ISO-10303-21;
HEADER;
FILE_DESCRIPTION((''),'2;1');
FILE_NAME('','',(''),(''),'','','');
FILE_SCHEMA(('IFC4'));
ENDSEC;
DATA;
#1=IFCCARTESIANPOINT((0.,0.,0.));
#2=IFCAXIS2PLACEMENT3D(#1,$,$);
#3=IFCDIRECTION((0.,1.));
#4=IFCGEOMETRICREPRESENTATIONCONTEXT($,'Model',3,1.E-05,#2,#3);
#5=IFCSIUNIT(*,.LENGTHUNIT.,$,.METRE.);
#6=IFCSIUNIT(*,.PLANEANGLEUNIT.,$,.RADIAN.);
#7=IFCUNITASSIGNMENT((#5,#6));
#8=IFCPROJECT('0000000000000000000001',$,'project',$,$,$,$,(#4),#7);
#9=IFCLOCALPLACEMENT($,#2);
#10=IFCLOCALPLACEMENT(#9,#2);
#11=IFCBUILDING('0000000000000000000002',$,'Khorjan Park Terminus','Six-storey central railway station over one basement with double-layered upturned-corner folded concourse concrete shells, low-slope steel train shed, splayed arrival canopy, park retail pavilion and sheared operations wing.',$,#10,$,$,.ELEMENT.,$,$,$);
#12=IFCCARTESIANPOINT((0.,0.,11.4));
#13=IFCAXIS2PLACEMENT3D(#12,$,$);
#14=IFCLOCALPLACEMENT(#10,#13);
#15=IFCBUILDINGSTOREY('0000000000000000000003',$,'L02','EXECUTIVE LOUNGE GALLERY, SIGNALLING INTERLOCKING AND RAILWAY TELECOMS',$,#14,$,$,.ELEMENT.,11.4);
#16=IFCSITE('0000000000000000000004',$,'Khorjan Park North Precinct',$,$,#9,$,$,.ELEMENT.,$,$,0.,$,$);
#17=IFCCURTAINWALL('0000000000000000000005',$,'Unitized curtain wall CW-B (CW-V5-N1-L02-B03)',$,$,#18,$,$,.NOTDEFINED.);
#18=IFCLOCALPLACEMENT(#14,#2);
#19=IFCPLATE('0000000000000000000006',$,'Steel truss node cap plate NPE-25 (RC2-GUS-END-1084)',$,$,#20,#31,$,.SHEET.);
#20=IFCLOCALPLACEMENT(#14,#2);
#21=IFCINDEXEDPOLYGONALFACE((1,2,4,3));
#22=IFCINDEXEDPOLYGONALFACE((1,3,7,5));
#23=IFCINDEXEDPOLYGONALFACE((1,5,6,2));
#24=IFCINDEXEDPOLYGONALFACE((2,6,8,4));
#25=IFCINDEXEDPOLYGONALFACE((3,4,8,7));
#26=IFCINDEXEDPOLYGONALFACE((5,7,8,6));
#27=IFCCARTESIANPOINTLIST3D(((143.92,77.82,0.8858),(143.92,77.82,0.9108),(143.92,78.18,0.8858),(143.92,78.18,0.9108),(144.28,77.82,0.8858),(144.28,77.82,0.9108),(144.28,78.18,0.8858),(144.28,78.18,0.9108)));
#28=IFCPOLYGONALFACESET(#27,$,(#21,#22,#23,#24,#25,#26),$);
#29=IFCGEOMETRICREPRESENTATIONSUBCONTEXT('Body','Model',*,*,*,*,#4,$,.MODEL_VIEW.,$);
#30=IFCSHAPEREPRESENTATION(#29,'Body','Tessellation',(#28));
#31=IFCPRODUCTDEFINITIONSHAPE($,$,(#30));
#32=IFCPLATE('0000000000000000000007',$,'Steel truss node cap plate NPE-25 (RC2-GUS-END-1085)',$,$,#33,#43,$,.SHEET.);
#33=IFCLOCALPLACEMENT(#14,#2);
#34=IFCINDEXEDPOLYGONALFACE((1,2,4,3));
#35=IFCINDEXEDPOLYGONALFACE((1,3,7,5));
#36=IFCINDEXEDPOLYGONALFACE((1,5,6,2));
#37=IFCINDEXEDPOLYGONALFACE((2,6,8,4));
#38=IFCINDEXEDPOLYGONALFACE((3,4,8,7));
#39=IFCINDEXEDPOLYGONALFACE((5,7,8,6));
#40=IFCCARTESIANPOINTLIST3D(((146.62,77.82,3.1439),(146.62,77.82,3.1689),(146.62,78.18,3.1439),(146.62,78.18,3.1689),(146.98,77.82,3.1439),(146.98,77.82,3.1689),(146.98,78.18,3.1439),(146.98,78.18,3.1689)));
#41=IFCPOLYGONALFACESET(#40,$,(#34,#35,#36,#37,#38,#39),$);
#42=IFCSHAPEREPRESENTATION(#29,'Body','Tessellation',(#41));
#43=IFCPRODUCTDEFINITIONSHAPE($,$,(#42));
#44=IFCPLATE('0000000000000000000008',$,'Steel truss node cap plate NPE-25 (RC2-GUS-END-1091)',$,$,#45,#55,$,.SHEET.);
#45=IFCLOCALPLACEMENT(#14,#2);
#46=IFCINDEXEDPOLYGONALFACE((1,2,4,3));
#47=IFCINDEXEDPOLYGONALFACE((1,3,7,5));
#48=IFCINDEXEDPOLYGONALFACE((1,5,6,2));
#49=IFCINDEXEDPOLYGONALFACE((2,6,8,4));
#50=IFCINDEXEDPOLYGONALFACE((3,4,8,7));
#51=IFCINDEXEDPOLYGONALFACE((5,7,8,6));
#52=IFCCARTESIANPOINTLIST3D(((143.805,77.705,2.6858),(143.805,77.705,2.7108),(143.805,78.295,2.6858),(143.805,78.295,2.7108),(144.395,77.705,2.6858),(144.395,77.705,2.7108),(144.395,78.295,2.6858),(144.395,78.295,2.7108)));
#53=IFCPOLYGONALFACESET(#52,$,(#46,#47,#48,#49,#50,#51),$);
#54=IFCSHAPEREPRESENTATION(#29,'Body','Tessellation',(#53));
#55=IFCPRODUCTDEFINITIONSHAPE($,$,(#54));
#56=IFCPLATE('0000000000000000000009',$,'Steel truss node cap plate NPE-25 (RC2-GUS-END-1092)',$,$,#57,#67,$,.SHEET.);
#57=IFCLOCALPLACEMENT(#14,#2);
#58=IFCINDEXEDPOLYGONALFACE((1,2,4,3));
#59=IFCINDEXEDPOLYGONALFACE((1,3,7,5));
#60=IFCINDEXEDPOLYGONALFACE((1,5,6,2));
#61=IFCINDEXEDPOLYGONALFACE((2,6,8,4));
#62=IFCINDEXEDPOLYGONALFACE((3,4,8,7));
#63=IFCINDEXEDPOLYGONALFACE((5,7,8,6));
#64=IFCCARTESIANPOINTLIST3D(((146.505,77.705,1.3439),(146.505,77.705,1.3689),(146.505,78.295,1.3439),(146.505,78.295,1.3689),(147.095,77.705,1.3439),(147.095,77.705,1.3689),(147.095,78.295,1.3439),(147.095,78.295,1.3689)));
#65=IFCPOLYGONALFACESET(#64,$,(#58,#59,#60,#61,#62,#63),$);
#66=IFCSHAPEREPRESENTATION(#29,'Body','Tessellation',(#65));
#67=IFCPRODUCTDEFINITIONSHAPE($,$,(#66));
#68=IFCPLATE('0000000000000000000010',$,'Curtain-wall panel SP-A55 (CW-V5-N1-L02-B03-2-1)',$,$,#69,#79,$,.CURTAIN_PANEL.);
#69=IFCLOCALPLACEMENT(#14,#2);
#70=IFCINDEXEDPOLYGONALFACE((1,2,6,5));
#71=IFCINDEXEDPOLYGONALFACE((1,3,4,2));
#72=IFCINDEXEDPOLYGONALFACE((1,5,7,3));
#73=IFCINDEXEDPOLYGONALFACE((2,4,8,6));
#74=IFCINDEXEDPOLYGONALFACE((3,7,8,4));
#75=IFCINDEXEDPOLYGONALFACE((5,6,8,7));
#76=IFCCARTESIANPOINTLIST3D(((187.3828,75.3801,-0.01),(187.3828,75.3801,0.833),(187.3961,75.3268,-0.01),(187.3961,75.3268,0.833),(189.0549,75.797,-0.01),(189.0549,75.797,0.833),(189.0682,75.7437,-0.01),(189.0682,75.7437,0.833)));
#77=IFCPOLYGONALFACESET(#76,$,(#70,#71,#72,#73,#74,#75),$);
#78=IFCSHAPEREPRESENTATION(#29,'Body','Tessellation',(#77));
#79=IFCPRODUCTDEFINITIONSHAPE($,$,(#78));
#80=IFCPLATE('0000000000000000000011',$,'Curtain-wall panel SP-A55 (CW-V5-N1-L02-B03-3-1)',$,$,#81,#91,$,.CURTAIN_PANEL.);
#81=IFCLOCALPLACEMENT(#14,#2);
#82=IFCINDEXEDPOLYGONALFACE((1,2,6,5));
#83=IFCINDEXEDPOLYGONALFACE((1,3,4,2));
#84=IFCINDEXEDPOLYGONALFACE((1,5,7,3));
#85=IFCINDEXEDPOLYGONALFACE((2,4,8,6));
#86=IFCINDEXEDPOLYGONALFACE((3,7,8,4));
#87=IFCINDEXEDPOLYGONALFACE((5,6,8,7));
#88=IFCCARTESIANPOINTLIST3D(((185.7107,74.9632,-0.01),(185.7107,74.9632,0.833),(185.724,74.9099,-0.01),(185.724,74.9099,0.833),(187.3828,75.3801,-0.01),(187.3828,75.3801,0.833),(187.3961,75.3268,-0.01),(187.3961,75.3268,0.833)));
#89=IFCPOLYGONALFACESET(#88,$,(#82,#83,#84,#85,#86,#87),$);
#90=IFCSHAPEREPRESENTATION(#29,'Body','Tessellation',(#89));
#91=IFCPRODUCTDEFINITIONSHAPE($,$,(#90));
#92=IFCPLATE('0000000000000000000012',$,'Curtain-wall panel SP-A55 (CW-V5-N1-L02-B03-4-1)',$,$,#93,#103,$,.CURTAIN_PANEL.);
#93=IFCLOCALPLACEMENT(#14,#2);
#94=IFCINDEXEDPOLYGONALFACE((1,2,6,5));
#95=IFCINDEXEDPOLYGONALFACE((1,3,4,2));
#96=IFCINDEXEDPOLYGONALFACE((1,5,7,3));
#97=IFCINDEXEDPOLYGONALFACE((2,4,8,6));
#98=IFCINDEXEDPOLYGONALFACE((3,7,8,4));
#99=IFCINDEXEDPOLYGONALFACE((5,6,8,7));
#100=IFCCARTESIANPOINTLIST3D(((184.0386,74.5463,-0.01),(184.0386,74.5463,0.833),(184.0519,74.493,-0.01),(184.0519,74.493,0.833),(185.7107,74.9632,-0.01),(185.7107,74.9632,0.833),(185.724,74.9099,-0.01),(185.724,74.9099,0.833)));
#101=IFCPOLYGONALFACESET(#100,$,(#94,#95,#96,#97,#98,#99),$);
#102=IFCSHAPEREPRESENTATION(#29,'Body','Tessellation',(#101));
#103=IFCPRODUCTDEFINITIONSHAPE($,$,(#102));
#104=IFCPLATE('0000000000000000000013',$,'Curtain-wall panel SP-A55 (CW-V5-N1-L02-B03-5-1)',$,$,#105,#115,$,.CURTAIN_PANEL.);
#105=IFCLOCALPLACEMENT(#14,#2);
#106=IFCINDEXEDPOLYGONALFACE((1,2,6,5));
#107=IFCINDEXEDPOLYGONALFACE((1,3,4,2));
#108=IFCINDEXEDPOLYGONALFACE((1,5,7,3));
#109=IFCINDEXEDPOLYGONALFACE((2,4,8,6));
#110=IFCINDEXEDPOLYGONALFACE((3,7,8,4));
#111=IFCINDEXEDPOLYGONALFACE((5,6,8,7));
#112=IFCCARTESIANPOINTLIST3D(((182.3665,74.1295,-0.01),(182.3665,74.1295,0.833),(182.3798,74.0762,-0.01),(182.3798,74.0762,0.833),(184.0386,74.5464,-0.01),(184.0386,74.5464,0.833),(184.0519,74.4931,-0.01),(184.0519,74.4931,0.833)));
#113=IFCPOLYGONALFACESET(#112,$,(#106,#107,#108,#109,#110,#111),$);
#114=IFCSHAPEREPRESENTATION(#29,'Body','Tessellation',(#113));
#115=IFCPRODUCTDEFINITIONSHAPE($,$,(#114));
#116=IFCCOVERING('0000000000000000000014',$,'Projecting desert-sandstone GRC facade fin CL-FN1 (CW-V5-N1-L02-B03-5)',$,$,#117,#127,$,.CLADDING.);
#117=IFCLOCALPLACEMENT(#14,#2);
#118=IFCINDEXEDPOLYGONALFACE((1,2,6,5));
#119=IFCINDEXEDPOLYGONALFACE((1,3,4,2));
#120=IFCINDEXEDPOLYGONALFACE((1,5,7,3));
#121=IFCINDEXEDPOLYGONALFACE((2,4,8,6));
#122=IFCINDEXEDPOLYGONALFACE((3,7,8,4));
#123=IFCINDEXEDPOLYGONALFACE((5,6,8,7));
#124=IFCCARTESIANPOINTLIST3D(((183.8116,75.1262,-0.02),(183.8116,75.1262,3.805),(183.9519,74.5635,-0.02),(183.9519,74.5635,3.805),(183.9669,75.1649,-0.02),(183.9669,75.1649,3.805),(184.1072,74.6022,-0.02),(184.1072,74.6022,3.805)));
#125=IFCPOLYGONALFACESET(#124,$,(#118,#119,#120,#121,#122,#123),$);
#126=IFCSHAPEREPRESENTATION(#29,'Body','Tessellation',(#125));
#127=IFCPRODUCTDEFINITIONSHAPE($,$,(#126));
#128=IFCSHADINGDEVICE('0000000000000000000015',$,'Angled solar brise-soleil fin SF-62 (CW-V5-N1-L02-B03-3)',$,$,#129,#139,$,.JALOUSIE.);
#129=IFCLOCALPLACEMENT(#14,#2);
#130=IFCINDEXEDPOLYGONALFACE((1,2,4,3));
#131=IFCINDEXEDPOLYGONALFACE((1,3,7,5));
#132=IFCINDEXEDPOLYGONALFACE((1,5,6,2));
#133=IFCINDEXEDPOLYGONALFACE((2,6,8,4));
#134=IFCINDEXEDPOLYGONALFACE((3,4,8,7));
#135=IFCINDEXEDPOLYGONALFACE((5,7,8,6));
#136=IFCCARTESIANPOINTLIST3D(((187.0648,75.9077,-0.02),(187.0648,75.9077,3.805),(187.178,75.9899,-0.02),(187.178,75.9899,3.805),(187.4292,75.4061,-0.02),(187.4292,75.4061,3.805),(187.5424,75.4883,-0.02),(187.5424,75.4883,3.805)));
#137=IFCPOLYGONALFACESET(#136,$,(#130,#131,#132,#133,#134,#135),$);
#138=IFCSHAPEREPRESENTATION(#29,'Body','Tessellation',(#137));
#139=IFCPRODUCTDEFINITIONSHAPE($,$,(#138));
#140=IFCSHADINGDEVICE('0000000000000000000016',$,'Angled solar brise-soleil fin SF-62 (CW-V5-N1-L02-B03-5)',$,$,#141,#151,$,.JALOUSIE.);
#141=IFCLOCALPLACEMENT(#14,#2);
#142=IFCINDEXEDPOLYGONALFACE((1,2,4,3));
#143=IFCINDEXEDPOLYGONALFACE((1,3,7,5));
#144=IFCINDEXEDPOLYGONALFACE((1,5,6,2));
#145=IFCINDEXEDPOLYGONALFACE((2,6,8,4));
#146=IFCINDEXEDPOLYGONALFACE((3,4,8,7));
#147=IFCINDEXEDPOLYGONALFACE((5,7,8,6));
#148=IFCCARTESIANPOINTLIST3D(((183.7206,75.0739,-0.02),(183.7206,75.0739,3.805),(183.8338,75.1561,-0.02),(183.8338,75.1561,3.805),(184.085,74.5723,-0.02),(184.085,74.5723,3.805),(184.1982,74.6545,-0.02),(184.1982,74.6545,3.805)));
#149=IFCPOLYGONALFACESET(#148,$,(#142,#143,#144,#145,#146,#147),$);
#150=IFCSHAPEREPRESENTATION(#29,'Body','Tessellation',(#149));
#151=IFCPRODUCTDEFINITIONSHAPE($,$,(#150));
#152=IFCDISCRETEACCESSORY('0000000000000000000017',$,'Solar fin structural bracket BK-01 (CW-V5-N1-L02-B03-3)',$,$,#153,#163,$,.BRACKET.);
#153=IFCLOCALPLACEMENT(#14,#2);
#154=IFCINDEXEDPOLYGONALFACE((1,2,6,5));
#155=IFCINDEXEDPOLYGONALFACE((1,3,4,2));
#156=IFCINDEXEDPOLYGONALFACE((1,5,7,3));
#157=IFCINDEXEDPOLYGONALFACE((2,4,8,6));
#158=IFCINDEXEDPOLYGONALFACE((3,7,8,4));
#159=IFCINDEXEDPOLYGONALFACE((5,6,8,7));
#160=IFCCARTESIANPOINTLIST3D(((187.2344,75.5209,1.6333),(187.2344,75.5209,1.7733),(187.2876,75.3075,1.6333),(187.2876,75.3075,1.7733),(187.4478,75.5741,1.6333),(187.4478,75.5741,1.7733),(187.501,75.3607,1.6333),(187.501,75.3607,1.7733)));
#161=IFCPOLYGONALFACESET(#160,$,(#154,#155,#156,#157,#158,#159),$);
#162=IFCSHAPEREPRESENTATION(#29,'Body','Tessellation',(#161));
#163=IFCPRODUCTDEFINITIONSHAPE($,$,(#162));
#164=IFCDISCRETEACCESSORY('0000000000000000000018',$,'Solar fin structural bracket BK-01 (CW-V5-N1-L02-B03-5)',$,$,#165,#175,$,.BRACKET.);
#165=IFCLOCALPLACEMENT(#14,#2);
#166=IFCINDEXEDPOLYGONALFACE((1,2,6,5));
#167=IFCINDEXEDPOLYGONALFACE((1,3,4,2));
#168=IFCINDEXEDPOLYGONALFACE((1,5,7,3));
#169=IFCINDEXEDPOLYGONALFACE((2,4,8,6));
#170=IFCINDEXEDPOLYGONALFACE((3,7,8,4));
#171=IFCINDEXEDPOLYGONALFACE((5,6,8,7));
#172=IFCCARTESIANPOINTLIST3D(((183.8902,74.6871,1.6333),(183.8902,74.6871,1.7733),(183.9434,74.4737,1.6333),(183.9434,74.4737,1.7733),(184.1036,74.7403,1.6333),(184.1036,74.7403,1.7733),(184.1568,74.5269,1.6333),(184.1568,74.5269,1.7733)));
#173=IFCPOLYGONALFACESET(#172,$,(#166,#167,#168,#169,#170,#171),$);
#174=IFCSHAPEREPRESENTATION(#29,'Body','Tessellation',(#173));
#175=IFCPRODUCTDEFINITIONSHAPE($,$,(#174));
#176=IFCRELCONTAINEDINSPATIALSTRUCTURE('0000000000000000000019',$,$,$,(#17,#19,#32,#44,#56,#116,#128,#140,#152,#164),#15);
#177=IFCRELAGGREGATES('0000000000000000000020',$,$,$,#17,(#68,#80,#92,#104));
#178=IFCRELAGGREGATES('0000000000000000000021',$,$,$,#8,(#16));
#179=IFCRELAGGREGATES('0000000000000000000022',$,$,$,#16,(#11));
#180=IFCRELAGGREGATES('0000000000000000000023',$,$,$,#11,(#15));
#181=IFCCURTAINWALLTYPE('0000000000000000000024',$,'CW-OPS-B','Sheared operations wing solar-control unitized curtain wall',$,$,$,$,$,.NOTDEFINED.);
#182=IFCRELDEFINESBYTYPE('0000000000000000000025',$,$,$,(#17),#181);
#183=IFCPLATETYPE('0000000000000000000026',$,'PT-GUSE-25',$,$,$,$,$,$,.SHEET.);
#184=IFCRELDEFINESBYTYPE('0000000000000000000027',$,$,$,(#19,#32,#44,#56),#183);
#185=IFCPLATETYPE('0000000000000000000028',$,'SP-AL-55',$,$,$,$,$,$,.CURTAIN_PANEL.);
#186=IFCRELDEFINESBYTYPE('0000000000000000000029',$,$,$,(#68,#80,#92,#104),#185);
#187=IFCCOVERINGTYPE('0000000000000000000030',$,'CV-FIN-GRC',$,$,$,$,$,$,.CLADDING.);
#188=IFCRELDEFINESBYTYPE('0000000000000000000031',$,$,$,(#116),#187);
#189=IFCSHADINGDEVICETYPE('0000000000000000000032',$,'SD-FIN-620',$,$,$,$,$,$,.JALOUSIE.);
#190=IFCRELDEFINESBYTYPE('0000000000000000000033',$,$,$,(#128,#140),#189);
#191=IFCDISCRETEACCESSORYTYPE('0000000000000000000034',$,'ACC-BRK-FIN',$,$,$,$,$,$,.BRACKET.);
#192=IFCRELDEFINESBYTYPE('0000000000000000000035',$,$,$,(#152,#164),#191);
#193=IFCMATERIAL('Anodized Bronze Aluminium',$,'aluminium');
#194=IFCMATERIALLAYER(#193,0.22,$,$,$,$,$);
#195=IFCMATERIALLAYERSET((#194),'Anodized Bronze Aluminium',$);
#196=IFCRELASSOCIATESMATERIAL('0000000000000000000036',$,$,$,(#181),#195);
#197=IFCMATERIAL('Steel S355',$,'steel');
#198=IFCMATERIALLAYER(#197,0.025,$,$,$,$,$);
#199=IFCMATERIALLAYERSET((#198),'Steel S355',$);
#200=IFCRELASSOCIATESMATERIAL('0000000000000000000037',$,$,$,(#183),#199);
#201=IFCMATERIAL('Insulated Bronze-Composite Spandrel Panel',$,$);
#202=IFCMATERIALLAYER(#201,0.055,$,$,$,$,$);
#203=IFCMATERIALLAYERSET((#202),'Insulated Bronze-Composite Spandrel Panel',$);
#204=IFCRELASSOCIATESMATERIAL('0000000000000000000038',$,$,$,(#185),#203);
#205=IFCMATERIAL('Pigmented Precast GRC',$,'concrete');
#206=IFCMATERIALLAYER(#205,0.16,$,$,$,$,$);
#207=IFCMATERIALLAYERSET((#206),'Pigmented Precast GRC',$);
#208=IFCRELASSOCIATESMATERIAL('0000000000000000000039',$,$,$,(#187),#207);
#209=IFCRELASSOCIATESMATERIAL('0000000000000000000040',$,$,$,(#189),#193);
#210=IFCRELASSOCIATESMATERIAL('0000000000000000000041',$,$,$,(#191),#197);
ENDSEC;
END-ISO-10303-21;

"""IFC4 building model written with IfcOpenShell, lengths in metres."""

from ifc_helpers import new_model, si_unit, direction, frame, origin, origin_2d, place, context, subcontext, project, spatial, rectangle, extrude, material, layer, layer_set, type_object, element, aggregate, save


model = new_model("IFC4")

# Units and contexts
model_context = context("Model", 3, precision=1e-05, world=origin(), true_north=direction((0.0, 1.0)))
body_context = subcontext(model_context, "Body", "Model", "MODEL_VIEW")
ifc_project = project(units=[si_unit("LENGTHUNIT", "METRE"), si_unit("PLANEANGLEUNIT", "RADIAN")], contexts=[model_context])

# Site, building, storey
site_placement = place(None, origin())
site = spatial("IfcSite", under=ifc_project, at=site_placement, Name="Khorjan Park North Precinct", CompositionType="ELEMENT", RefElevation=0.0)
building_placement = place(site_placement, origin())
building = spatial("IfcBuilding", under=site, at=building_placement, Name="Khorjan Park Terminus", Description="Six-storey central railway station over one basement with double-layered upturned-corner folded concourse concrete shells, low-slope steel train shed, splayed arrival canopy, park retail pavilion and sheared operations wing.", CompositionType="ELEMENT")
storey_placement = place(building_placement, frame((0.0, 0.0, 11.4)))
storey = spatial("IfcBuildingStorey", under=building, at=storey_placement, Name="L02", Description="EXECUTIVE LOUNGE GALLERY, SIGNALLING INTERLOCKING AND RAILWAY TELECOMS", CompositionType="ELEMENT", Elevation=11.4)

# Shared definitions
ifc_material_1 = material(Name="Steel S355", Category="steel")

# Curtain wall
ifc_material_2 = material(Name="Anodized Bronze Aluminium", Category="aluminium")
ifc_layer_1 = layer(ifc_material_2, 0.22)
ifc_layer_set_1 = layer_set([ifc_layer_1], Name="Anodized Bronze Aluminium")
curtain_wall_type = type_object("IfcCurtainWallType", Name="CW-OPS-B", Description="Sheared operations wing solar-control unitized curtain wall", PredefinedType="NOTDEFINED", material=ifc_layer_set_1)
curtain_wall_placement = place(storey_placement, origin())
curtain_wall = element("IfcCurtainWall", 1, at=curtain_wall_placement, inside=storey, type_object=curtain_wall_type, Name="Unitized curtain wall CW-B (CW-V5-N1-L02-B03)", PredefinedType="NOTDEFINED")

# Plates
ifc_layer_2 = layer(ifc_material_1, 0.025)
ifc_layer_set_2 = layer_set([ifc_layer_2], Name="Steel S355")
plate_type_1 = type_object("IfcPlateType", Name="PT-GUSE-25", PredefinedType="SHEET", material=ifc_layer_set_2)
for number, where, z_axis, x_axis, name in (
    (2, (144.1, 78.0, 0.8858), (0.0, 0.0, 1.0), (1.0, 0.0, 0.0), "Steel truss node cap plate NPE-25 (RC2-GUS-END-1084)"),
    (3, (146.8, 78.0, 3.1439), (0.0, 0.0, 1.0), (1.0, 0.0, 0.0), "Steel truss node cap plate NPE-25 (RC2-GUS-END-1085)"),
):
    element("IfcPlate", number, at=place(storey_placement, frame(where, z_axis=z_axis, x_axis=x_axis)), inside=storey, type_object=plate_type_1, Name=name, PredefinedType="SHEET", context=body_context, shape_type="SweptSolid", body=[
        extrude(rectangle(XDim=0.36, YDim=0.36, at=origin_2d()), origin(), (0.0, 0.0, 1.0), 0.025),
    ])
for number, where, z_axis, x_axis, name in (
    (4, (144.1, 78.0, 2.6858), (0.0, 0.0, 1.0), (1.0, 0.0, 0.0), "Steel truss node cap plate NPE-25 (RC2-GUS-END-1091)"),
    (5, (146.8, 78.0, 1.3439), (0.0, 0.0, 1.0), (1.0, 0.0, 0.0), "Steel truss node cap plate NPE-25 (RC2-GUS-END-1092)"),
):
    element("IfcPlate", number, at=place(storey_placement, frame(where, z_axis=z_axis, x_axis=x_axis)), inside=storey, type_object=plate_type_1, Name=name, PredefinedType="SHEET", context=body_context, shape_type="SweptSolid", body=[
        extrude(rectangle(XDim=0.59, YDim=0.59, at=origin_2d()), origin(), (0.0, 0.0, 1.0), 0.025),
    ])

# Plates
ifc_material_3 = material(Name="Insulated Bronze-Composite Spandrel Panel")
ifc_layer_3 = layer(ifc_material_3, 0.055)
ifc_layer_set_3 = layer_set([ifc_layer_3], Name="Insulated Bronze-Composite Spandrel Panel")
plate_type_2 = type_object("IfcPlateType", Name="SP-AL-55", PredefinedType="CURTAIN_PANEL", material=ifc_layer_set_3)
plate_1_placement = place(storey_placement, frame((188.2255, 75.5619, -0.01), z_axis=(0.0, 0.0, 1.0), x_axis=(-0.970296, -0.241921, 0.0)))
plate_1 = element("IfcPlate", 6, at=plate_1_placement, type_object=plate_type_2, Name="Curtain-wall panel SP-A55 (CW-V5-N1-L02-B03-2-1)", PredefinedType="CURTAIN_PANEL", context=body_context, shape_type="SweptSolid", body=[
    extrude(rectangle(XDim=1.7233, YDim=0.055, at=origin_2d()), origin(), (0.0, 0.0, 1.0), 0.843),
])
plate_2_placement = place(storey_placement, frame((186.5534, 75.145, -0.01), z_axis=(0.0, 0.0, 1.0), x_axis=(-0.970296, -0.241921, 0.0)))
plate_2 = element("IfcPlate", 7, at=plate_2_placement, type_object=plate_type_2, Name="Curtain-wall panel SP-A55 (CW-V5-N1-L02-B03-3-1)", PredefinedType="CURTAIN_PANEL", context=body_context, shape_type="SweptSolid", body=[
    extrude(rectangle(XDim=1.7233, YDim=0.055, at=origin_2d()), origin(), (0.0, 0.0, 1.0), 0.843),
])
plate_3_placement = place(storey_placement, frame((184.8813, 74.7281, -0.01), z_axis=(0.0, 0.0, 1.0), x_axis=(-0.970296, -0.241921, 0.0)))
plate_3 = element("IfcPlate", 8, at=plate_3_placement, type_object=plate_type_2, Name="Curtain-wall panel SP-A55 (CW-V5-N1-L02-B03-4-1)", PredefinedType="CURTAIN_PANEL", context=body_context, shape_type="SweptSolid", body=[
    extrude(rectangle(XDim=1.7233, YDim=0.055, at=origin_2d()), origin(), (0.0, 0.0, 1.0), 0.843),
])
plate_4_placement = place(storey_placement, frame((183.2092, 74.3113, -0.01), z_axis=(0.0, 0.0, 1.0), x_axis=(-0.970296, -0.241921, 0.0)))
plate_4 = element("IfcPlate", 9, at=plate_4_placement, type_object=plate_type_2, Name="Curtain-wall panel SP-A55 (CW-V5-N1-L02-B03-5-1)", PredefinedType="CURTAIN_PANEL", context=body_context, shape_type="SweptSolid", body=[
    extrude(rectangle(XDim=1.7233, YDim=0.055, at=origin_2d()), origin(), (0.0, 0.0, 1.0), 0.843),
])
aggregate(curtain_wall, [plate_1, plate_2, plate_3, plate_4])

# Covering
ifc_material_4 = material(Name="Pigmented Precast GRC", Category="concrete")
ifc_layer_4 = layer(ifc_material_4, 0.16)
ifc_layer_set_4 = layer_set([ifc_layer_4], Name="Pigmented Precast GRC")
covering_type = type_object("IfcCoveringType", Name="CV-FIN-GRC", PredefinedType="CLADDING", material=ifc_layer_set_4)
covering_placement = place(storey_placement, frame((183.9594, 74.8642, -0.02), z_axis=(0.0, 0.0, 1.0), x_axis=(0.241922, -0.970296, 0.0)))
element("IfcCovering", 10, at=covering_placement, inside=storey, type_object=covering_type, Name="Projecting desert-sandstone GRC facade fin CL-FN1 (CW-V5-N1-L02-B03-5)", PredefinedType="CLADDING", context=body_context, shape_type="SweptSolid", body=[
    extrude(rectangle(XDim=0.58, YDim=0.16, at=origin_2d()), origin(), (0.0, 0.0, 1.0), 3.825),
])

# Shading devices
shading_device_type = type_object("IfcShadingDeviceType", Name="SD-FIN-620", PredefinedType="JALOUSIE", material=ifc_material_2)
for number, where, z_axis, x_axis, name in (
    (11, (187.3036, 75.698, -0.02), (0.0, 0.0, 1.0), (0.587785, -0.809017, 0.0), "Angled solar brise-soleil fin SF-62 (CW-V5-N1-L02-B03-3)"),
    (12, (183.9594, 74.8642, -0.02), (0.0, 0.0, 1.0), (0.587785, -0.809017, 0.0), "Angled solar brise-soleil fin SF-62 (CW-V5-N1-L02-B03-5)"),
):
    element("IfcShadingDevice", number, at=place(storey_placement, frame(where, z_axis=z_axis, x_axis=x_axis)), inside=storey, type_object=shading_device_type, Name=name, PredefinedType="JALOUSIE", context=body_context, shape_type="SweptSolid", body=[
        extrude(rectangle(XDim=0.62, YDim=0.14, at=origin_2d()), origin(), (0.0, 0.0, 1.0), 3.825),
    ])

# Discrete accessories
discrete_accessory_type = type_object("IfcDiscreteAccessoryType", Name="ACC-BRK-FIN", PredefinedType="BRACKET", material=ifc_material_1)
for number, where, z_axis, x_axis, name in (
    (13, (187.3677, 75.4408, 1.6333), (0.0, 0.0, 1.0), (-0.970296, -0.241921, 0.0), "Solar fin structural bracket BK-01 (CW-V5-N1-L02-B03-3)"),
    (14, (184.0235, 74.607, 1.6333), (0.0, 0.0, 1.0), (-0.970296, -0.241921, 0.0), "Solar fin structural bracket BK-01 (CW-V5-N1-L02-B03-5)"),
):
    element("IfcDiscreteAccessory", number, at=place(storey_placement, frame(where, z_axis=z_axis, x_axis=x_axis)), inside=storey, type_object=discrete_accessory_type, Name=name, PredefinedType="BRACKET", context=body_context, shape_type="SweptSolid", body=[
        extrude(rectangle(XDim=0.22, YDim=0.22, at=origin_2d()), origin(), (0.0, 0.0, 1.0), 0.14),
    ])

save(model, "model.ifc")
